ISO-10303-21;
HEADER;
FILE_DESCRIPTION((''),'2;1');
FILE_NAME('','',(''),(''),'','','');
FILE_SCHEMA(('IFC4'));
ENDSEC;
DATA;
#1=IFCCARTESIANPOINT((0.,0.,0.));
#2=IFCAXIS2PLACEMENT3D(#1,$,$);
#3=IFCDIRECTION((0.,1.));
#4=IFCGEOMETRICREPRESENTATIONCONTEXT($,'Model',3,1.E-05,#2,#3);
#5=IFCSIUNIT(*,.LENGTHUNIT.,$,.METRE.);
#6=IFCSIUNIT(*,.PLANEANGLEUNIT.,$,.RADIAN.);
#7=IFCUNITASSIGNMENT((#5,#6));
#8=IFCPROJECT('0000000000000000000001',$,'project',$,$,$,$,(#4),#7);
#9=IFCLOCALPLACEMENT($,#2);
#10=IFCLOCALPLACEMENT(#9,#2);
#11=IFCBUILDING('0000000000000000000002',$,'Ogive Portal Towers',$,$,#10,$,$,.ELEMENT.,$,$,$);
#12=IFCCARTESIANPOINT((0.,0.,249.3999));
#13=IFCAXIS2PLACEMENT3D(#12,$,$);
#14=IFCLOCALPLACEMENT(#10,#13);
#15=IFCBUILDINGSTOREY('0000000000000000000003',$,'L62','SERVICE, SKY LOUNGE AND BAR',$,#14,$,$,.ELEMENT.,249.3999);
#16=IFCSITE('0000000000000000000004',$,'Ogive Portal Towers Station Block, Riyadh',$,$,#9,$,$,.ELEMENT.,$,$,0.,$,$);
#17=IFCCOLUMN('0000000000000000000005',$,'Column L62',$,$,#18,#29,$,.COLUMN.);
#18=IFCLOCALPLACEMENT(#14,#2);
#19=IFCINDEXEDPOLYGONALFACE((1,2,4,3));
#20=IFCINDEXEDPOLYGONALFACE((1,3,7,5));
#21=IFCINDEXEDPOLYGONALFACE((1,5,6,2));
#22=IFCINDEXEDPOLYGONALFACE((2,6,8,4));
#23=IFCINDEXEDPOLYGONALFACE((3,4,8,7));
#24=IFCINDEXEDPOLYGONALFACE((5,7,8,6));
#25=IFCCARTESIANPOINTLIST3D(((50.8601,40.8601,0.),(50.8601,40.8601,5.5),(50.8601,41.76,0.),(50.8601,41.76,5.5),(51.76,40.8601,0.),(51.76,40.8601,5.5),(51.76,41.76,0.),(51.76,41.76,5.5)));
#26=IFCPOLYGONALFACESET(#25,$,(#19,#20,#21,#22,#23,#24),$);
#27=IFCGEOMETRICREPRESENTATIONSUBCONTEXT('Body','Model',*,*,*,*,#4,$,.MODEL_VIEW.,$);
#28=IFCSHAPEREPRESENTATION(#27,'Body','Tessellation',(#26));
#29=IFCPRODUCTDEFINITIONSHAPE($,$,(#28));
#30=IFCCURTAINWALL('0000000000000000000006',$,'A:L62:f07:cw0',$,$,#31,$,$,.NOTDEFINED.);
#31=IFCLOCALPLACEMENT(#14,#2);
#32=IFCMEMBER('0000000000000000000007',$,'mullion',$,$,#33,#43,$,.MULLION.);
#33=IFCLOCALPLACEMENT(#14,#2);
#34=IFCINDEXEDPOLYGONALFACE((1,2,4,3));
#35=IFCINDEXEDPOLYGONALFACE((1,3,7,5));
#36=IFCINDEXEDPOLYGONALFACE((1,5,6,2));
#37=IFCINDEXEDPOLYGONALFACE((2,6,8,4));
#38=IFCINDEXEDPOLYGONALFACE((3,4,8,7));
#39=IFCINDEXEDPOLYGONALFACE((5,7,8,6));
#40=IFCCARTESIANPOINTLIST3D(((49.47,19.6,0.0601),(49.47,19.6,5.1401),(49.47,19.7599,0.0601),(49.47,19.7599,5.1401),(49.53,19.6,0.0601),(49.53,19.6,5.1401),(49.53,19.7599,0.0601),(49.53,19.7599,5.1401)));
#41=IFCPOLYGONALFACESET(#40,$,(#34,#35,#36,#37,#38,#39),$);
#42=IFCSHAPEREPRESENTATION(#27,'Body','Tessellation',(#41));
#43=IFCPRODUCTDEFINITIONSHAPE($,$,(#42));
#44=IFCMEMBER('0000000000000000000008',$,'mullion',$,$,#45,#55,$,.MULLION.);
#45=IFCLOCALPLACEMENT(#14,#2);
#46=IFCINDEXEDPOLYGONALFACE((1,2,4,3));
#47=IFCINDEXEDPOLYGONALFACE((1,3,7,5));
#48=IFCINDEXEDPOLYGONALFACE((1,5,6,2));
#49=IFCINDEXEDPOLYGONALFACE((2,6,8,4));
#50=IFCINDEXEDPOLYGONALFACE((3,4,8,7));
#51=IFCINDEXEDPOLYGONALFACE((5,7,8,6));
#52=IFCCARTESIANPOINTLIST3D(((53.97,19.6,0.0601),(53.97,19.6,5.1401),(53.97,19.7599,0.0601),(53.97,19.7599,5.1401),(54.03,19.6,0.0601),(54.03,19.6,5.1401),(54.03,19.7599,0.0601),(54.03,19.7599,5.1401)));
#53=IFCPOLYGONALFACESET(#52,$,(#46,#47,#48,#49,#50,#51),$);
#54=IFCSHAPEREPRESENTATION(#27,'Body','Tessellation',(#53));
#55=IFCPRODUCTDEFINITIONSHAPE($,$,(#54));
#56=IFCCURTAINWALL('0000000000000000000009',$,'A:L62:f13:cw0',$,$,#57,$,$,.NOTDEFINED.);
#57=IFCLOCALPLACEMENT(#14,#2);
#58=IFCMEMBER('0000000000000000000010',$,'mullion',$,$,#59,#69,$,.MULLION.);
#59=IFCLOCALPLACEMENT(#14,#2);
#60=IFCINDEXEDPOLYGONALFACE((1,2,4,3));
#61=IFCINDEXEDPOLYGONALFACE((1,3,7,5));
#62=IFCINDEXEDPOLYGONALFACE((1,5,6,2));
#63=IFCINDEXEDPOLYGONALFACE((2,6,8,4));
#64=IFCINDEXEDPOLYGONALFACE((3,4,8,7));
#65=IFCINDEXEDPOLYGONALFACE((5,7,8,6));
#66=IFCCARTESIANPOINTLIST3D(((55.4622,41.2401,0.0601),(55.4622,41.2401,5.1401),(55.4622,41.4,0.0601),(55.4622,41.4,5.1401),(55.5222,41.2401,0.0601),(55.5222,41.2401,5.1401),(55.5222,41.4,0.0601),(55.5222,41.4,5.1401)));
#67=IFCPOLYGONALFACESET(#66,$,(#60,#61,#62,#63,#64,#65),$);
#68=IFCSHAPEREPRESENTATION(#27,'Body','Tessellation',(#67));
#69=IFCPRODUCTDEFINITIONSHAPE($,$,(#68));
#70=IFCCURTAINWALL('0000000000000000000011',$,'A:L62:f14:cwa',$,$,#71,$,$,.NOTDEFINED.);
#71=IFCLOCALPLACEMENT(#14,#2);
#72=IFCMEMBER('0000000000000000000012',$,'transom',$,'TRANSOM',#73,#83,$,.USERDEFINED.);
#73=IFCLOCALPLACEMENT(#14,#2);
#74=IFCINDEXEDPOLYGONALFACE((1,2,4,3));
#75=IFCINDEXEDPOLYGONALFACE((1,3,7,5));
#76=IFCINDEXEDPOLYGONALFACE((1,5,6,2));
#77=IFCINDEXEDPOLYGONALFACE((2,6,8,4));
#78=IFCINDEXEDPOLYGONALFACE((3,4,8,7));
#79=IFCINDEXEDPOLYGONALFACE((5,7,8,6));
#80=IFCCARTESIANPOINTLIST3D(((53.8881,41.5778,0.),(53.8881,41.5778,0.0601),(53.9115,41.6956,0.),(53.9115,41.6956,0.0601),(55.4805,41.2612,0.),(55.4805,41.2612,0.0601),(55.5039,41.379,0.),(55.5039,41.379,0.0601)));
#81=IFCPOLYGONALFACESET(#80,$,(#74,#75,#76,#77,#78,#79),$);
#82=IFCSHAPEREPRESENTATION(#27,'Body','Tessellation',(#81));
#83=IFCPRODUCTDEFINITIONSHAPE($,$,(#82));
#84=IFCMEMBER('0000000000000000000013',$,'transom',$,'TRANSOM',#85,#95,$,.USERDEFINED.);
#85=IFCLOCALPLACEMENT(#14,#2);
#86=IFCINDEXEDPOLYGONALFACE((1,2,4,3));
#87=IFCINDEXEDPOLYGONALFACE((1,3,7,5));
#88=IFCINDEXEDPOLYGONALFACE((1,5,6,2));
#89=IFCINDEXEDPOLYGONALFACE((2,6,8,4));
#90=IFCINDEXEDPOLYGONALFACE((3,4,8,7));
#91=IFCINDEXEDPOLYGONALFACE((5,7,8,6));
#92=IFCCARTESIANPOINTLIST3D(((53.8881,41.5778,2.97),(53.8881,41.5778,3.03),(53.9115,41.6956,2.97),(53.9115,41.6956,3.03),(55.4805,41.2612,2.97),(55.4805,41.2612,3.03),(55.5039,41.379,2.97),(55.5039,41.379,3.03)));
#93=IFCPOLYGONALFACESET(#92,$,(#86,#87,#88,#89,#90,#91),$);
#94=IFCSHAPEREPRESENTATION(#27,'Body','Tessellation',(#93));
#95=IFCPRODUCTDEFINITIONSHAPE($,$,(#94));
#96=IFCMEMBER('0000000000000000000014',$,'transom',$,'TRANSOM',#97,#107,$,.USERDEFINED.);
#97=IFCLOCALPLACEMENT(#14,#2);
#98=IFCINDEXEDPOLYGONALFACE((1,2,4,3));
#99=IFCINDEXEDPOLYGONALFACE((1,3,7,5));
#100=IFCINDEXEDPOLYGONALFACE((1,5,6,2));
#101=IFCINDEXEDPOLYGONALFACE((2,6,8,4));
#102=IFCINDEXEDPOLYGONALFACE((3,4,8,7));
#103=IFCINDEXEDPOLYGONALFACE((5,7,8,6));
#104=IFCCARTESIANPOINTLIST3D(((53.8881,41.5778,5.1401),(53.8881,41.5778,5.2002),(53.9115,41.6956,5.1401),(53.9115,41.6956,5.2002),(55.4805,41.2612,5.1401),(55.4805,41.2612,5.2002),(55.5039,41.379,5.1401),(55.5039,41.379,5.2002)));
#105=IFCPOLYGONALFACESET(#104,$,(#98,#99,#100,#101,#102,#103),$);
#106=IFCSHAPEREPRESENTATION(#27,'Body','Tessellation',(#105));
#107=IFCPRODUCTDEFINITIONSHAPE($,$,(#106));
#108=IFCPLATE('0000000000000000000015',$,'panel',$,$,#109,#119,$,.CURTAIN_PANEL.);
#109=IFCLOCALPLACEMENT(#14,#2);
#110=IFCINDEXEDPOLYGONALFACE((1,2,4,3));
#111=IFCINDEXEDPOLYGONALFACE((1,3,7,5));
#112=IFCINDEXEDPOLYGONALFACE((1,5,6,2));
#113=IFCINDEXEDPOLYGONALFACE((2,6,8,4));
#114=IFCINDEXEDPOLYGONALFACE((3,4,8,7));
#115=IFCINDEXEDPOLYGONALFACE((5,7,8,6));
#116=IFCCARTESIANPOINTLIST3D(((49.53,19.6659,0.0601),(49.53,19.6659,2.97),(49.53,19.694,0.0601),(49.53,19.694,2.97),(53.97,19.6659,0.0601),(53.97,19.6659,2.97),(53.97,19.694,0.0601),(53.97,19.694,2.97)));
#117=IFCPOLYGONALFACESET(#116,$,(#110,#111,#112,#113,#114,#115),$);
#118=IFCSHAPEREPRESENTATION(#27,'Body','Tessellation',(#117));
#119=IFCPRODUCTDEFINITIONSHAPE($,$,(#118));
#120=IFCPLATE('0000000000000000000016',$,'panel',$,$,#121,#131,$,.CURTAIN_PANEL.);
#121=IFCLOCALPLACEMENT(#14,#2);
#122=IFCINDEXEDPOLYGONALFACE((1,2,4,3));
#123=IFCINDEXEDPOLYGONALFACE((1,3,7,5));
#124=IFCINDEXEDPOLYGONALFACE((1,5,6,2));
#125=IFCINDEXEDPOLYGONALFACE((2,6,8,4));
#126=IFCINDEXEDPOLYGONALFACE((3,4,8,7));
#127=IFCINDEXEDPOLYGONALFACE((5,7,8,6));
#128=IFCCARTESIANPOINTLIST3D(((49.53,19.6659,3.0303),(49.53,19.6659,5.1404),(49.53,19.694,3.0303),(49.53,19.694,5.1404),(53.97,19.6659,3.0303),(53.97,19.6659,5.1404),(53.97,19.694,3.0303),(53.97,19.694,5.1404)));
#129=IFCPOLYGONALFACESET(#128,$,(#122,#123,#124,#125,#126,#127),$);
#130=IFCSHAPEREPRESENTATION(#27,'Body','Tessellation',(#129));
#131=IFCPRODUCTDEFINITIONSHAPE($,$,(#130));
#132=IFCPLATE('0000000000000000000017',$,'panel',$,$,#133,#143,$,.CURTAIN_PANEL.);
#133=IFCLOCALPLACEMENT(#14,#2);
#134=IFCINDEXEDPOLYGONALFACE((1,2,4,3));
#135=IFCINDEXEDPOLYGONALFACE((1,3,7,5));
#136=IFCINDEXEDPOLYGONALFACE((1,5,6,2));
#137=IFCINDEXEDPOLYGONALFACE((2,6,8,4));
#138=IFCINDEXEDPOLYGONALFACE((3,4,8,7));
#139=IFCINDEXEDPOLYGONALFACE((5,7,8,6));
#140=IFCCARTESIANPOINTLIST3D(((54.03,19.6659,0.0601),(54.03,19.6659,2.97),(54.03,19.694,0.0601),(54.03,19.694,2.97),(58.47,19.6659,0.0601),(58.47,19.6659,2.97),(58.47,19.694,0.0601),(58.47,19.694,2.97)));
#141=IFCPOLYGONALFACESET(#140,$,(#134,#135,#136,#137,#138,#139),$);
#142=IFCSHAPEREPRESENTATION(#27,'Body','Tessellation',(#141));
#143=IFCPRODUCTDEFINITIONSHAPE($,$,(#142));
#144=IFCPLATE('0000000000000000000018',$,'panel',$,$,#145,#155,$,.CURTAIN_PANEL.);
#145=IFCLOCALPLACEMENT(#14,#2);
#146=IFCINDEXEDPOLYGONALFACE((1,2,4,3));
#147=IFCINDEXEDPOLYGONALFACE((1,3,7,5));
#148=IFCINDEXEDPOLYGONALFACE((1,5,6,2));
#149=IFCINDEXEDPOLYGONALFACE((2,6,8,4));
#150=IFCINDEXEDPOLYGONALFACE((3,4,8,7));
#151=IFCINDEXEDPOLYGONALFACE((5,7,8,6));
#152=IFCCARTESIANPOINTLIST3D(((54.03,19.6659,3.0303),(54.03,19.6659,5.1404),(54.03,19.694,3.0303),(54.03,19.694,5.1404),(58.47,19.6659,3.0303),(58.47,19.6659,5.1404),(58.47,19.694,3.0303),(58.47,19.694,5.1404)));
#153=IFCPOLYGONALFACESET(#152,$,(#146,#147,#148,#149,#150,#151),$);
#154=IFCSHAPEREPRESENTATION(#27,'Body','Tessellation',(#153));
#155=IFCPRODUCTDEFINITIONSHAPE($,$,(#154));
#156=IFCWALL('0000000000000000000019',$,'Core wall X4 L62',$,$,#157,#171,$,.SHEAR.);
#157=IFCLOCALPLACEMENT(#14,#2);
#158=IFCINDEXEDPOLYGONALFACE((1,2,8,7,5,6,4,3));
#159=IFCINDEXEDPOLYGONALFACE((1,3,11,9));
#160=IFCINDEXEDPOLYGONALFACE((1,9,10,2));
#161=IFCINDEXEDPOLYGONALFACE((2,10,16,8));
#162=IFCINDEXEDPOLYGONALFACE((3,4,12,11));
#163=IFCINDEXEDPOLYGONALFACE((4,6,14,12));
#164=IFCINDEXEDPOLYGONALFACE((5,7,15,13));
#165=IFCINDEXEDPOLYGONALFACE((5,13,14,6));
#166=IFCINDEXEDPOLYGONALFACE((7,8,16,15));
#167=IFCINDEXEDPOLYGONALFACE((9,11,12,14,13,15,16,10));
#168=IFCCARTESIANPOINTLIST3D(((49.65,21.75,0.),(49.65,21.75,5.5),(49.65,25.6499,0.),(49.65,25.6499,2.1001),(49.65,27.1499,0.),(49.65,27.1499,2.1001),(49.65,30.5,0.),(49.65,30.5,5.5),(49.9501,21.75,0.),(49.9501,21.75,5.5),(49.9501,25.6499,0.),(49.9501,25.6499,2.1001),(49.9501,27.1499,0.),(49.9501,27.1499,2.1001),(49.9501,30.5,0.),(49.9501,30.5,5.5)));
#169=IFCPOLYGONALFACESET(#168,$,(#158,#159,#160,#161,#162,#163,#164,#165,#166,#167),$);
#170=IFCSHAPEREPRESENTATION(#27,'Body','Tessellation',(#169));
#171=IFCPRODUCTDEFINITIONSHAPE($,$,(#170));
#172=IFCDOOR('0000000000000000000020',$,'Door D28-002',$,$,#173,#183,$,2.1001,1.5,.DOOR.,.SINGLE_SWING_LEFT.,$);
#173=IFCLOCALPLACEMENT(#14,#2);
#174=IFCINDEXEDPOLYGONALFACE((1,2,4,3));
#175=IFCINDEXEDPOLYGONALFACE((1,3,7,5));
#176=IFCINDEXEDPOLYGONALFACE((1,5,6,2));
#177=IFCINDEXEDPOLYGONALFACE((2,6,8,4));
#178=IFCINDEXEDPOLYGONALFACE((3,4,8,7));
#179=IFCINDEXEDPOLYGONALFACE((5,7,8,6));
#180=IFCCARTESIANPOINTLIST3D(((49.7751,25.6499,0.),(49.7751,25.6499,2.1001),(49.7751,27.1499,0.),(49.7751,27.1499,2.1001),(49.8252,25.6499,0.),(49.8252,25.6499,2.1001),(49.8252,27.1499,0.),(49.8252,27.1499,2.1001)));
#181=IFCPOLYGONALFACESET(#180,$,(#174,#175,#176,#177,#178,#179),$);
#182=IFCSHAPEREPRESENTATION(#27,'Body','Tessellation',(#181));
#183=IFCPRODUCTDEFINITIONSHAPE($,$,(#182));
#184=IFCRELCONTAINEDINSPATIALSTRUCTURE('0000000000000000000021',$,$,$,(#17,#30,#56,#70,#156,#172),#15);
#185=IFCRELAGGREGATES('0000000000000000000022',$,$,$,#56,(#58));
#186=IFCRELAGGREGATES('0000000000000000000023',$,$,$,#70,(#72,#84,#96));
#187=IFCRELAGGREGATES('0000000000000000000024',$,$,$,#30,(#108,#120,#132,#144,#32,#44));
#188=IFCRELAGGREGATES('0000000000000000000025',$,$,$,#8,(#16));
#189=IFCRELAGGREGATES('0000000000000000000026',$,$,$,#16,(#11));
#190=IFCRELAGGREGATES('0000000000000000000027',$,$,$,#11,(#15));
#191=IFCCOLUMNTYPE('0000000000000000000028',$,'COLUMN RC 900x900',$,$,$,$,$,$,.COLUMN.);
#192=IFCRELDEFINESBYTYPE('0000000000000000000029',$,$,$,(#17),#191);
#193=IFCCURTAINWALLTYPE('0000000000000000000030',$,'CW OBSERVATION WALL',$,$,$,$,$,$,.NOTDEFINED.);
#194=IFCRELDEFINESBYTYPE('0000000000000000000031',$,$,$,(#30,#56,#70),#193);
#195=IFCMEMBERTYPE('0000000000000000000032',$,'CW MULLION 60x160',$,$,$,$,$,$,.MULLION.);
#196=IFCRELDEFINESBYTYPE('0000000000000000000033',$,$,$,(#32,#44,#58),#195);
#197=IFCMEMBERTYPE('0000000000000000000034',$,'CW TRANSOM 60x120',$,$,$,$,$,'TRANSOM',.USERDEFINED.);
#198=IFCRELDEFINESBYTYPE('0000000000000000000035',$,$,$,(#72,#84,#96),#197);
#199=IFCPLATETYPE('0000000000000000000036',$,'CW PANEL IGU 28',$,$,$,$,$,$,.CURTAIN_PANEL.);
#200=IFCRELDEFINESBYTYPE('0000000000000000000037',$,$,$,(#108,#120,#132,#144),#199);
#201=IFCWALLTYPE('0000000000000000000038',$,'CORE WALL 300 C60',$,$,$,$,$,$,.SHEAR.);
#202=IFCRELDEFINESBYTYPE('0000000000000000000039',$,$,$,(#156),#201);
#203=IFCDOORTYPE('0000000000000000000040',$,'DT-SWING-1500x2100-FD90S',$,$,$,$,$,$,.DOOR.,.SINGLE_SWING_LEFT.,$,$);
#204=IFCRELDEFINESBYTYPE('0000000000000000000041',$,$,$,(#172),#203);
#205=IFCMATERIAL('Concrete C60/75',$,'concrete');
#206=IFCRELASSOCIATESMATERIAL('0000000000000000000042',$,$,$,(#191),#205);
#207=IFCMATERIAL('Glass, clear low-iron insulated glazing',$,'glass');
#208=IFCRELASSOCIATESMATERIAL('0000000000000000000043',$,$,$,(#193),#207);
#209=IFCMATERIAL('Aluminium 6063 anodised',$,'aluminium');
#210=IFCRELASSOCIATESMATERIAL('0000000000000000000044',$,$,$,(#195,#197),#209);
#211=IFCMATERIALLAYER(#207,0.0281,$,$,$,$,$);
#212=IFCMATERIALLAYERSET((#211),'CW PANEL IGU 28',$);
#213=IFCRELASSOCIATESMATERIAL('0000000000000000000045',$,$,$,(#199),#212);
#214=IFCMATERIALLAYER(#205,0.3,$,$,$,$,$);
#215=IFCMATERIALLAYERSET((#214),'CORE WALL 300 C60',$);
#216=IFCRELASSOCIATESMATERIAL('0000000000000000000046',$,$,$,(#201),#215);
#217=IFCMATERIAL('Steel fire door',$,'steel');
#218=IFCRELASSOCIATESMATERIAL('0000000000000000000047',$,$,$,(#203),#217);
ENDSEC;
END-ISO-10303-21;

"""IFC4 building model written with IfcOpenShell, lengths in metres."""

from ifc_helpers import new_model, si_unit, direction, frame, frame_2d, origin, origin_2d, place, context, subcontext, project, spatial, rectangle, extrude, material, layer, layer_set, material_profile, profile_set, type_object, element, fill, aggregate, save


model = new_model("IFC4")

# Units and contexts
model_context = context("Model", 3, precision=1e-05, world=origin(), true_north=direction((0.0, 1.0)))
body_context = subcontext(model_context, "Body", "Model", "MODEL_VIEW")
ifc_project = project(units=[si_unit("LENGTHUNIT", "METRE"), si_unit("PLANEANGLEUNIT", "RADIAN")], contexts=[model_context])

# Site, building, storey
site_placement = place(None, origin())
site = spatial("IfcSite", under=ifc_project, at=site_placement, Name="Ogive Portal Towers Station Block, Riyadh", CompositionType="ELEMENT", RefElevation=0.0)
building_placement = place(site_placement, origin())
building = spatial("IfcBuilding", under=site, at=building_placement, Name="Ogive Portal Towers", CompositionType="ELEMENT")
storey_placement = place(building_placement, frame((0.0, 0.0, 249.3999)))
storey = spatial("IfcBuildingStorey", under=building, at=storey_placement, Name="L62", Description="SERVICE, SKY LOUNGE AND BAR", CompositionType="ELEMENT", Elevation=249.3999)

# Column
ifc_material_1 = material(Name="Concrete C60/75", Category="concrete")
ifc_material_profile_1 = material_profile(ifc_material_1, rectangle(XDim=0.8999, YDim=0.8999, at=origin_2d()), Name="RC 900x900")
ifc_profile_set_1 = profile_set([ifc_material_profile_1], Name="Concrete C60/75")
column_type = type_object("IfcColumnType", Name="COLUMN RC 900x900", PredefinedType="COLUMN", material=ifc_profile_set_1)
column_placement = place(storey_placement, frame((51.3101, 41.3101, 0.0), z_axis=(0.0, 0.0, 1.0), x_axis=(1.0, 0.0, 0.0)))
element("IfcColumn", 1, at=column_placement, inside=storey, type_object=column_type, Name="Column L62", PredefinedType="COLUMN", context=body_context, shape_type="SweptSolid", body=[
    extrude(rectangle(XDim=0.8999, YDim=0.8999, at=origin_2d()), origin(), (0.0, 0.0, 1.0), 5.5),
])

# Curtain wall, members
ifc_material_2 = material(Name="Glass, clear low-iron insulated glazing", Category="glass")
curtain_wall_type = type_object("IfcCurtainWallType", Name="CW OBSERVATION WALL", PredefinedType="NOTDEFINED", material=ifc_material_2)
curtain_wall_1_placement = place(storey_placement, origin())
curtain_wall_1 = element("IfcCurtainWall", 2, at=curtain_wall_1_placement, inside=storey, type_object=curtain_wall_type, Name="A:L62:f07:cw0", PredefinedType="NOTDEFINED")
ifc_material_3 = material(Name="Aluminium 6063 anodised", Category="aluminium")
ifc_material_profile_2 = material_profile(ifc_material_3, rectangle(XDim=0.1599, YDim=0.0601, at=origin_2d()), Name="AL 60x160")
ifc_profile_set_2 = profile_set([ifc_material_profile_2], Name="Aluminium 6063 anodised")
member_type_1 = type_object("IfcMemberType", Name="CW MULLION 60x160", PredefinedType="MULLION", material=ifc_profile_set_2)
member_1_placement = place(storey_placement, frame((49.5, 19.6799, 0.0601), z_axis=(0.0, 0.0, 1.0), x_axis=(0.0, 1.0, 0.0)))
member_1 = element("IfcMember", 3, at=member_1_placement, type_object=member_type_1, Name="mullion", PredefinedType="MULLION", context=body_context, shape_type="SweptSolid", body=[
    extrude(rectangle(XDim=0.1599, YDim=0.0601, at=origin_2d()), origin(), (0.0, 0.0, 1.0), 5.0801),
])
member_2_placement = place(storey_placement, frame((54.0, 19.6799, 0.0601), z_axis=(0.0, 0.0, 1.0), x_axis=(0.0, 1.0, 0.0)))
member_2 = element("IfcMember", 4, at=member_2_placement, type_object=member_type_1, Name="mullion", PredefinedType="MULLION", context=body_context, shape_type="SweptSolid", body=[
    extrude(rectangle(XDim=0.1599, YDim=0.0601, at=origin_2d()), origin(), (0.0, 0.0, 1.0), 5.0801),
])

# Curtain wall, member
curtain_wall_2_placement = place(storey_placement, origin())
curtain_wall_2 = element("IfcCurtainWall", 5, at=curtain_wall_2_placement, inside=storey, type_object=curtain_wall_type, Name="A:L62:f13:cw0", PredefinedType="NOTDEFINED")
member_3_placement = place(storey_placement, frame((55.4922, 41.3201, 0.0601), z_axis=(0.0, 0.0, 1.0), x_axis=(0.0, -1.0, 0.0)))
member_3 = element("IfcMember", 6, at=member_3_placement, type_object=member_type_1, Name="mullion", PredefinedType="MULLION", context=body_context, shape_type="SweptSolid", body=[
    extrude(rectangle(XDim=0.1599, YDim=0.0601, at=origin_2d()), origin(), (0.0, 0.0, 1.0), 5.0801),
])
aggregate(curtain_wall_2, [member_3])

# Curtain wall, members
curtain_wall_3_placement = place(storey_placement, origin())
curtain_wall_3 = element("IfcCurtainWall", 7, at=curtain_wall_3_placement, inside=storey, type_object=curtain_wall_type, Name="A:L62:f14:cwa", PredefinedType="NOTDEFINED")
ifc_material_profile_3 = material_profile(ifc_material_3, rectangle(XDim=0.1201, YDim=0.0601, at=origin_2d()), Name="AL 120x60")
ifc_profile_set_3 = profile_set([ifc_material_profile_3], Name="Aluminium 6063 anodised")
member_type_2 = type_object("IfcMemberType", Name="CW TRANSOM 60x120", ElementType="TRANSOM", PredefinedType="USERDEFINED", material=ifc_profile_set_3)
member_4_placement = place(storey_placement, frame((55.4922, 41.3201, 0.03), z_axis=(-0.980794, 0.195046, 0.0), x_axis=(-0.195046, -0.980794, 0.0)))
member_4 = element("IfcMember", 8, at=member_4_placement, type_object=member_type_2, Name="transom", ObjectType="TRANSOM", PredefinedType="USERDEFINED", context=body_context, shape_type="SweptSolid", body=[
    extrude(rectangle(XDim=0.1201, YDim=0.0601, at=origin_2d()), origin(), (0.0, 0.0, 1.0), 1.6235),
])
member_5_placement = place(storey_placement, frame((55.4922, 41.3201, 3.0), z_axis=(-0.980794, 0.195046, 0.0), x_axis=(-0.195046, -0.980794, 0.0)))
member_5 = element("IfcMember", 9, at=member_5_placement, type_object=member_type_2, Name="transom", ObjectType="TRANSOM", PredefinedType="USERDEFINED", context=body_context, shape_type="SweptSolid", body=[
    extrude(rectangle(XDim=0.1201, YDim=0.0601, at=origin_2d()), origin(), (0.0, 0.0, 1.0), 1.6235),
])
member_6_placement = place(storey_placement, frame((55.4922, 41.3201, 5.1702), z_axis=(-0.980794, 0.195046, 0.0), x_axis=(-0.195046, -0.980794, 0.0)))
member_6 = element("IfcMember", 10, at=member_6_placement, type_object=member_type_2, Name="transom", ObjectType="TRANSOM", PredefinedType="USERDEFINED", context=body_context, shape_type="SweptSolid", body=[
    extrude(rectangle(XDim=0.1201, YDim=0.0601, at=origin_2d()), origin(), (0.0, 0.0, 1.0), 1.6235),
])
aggregate(curtain_wall_3, [member_4, member_5, member_6])

# Plates
ifc_layer_1 = layer(ifc_material_2, 0.0281)
ifc_layer_set_1 = layer_set([ifc_layer_1], Name="CW PANEL IGU 28")
plate_type = type_object("IfcPlateType", Name="CW PANEL IGU 28", PredefinedType="CURTAIN_PANEL", material=ifc_layer_set_1)
plate_1_placement = place(storey_placement, frame((51.75, 19.6799, 0.0601), z_axis=(0.0, 0.0, 1.0), x_axis=(1.0, 0.0, 0.0)))
plate_1 = element("IfcPlate", 11, at=plate_1_placement, type_object=plate_type, Name="panel", PredefinedType="CURTAIN_PANEL", context=body_context, shape_type="SweptSolid", body=[
    extrude(rectangle(XDim=4.4399, YDim=0.0281, at=origin_2d()), origin(), (0.0, 0.0, 1.0), 2.9099),
])
plate_2_placement = place(storey_placement, frame((51.75, 19.6799, 3.0303), z_axis=(0.0, 0.0, 1.0), x_axis=(1.0, 0.0, 0.0)))
plate_2 = element("IfcPlate", 12, at=plate_2_placement, type_object=plate_type, Name="panel", PredefinedType="CURTAIN_PANEL", context=body_context, shape_type="SweptSolid", body=[
    extrude(rectangle(XDim=4.4399, YDim=0.0281, at=origin_2d()), origin(), (0.0, 0.0, 1.0), 2.1101),
])
plate_3_placement = place(storey_placement, frame((56.25, 19.6799, 0.0601), z_axis=(0.0, 0.0, 1.0), x_axis=(1.0, 0.0, 0.0)))
plate_3 = element("IfcPlate", 13, at=plate_3_placement, type_object=plate_type, Name="panel", PredefinedType="CURTAIN_PANEL", context=body_context, shape_type="SweptSolid", body=[
    extrude(rectangle(XDim=4.4399, YDim=0.0281, at=origin_2d()), origin(), (0.0, 0.0, 1.0), 2.9099),
])
plate_4_placement = place(storey_placement, frame((56.25, 19.6799, 3.0303), z_axis=(0.0, 0.0, 1.0), x_axis=(1.0, 0.0, 0.0)))
plate_4 = element("IfcPlate", 14, at=plate_4_placement, type_object=plate_type, Name="panel", PredefinedType="CURTAIN_PANEL", context=body_context, shape_type="SweptSolid", body=[
    extrude(rectangle(XDim=4.4399, YDim=0.0281, at=origin_2d()), origin(), (0.0, 0.0, 1.0), 2.1101),
])
aggregate(curtain_wall_1, [plate_1, plate_2, plate_3, plate_4, member_1, member_2])

# Wall, opening, door
ifc_layer_2 = layer(ifc_material_1, 0.3)
ifc_layer_set_2 = layer_set([ifc_layer_2], Name="CORE WALL 300 C60")
wall_type_1 = type_object("IfcWallType", Name="CORE WALL 300 C60", PredefinedType="SHEAR", material=ifc_layer_set_2)
wall_1_placement = place(storey_placement, frame((49.8, 21.75, 0.0), z_axis=(0.0, 0.0, 1.0), x_axis=(0.0, 1.0, 0.0)))
wall_1 = element("IfcWall", 15, at=wall_1_placement, inside=storey, type_object=wall_type_1, Name="Core wall X4 L62", PredefinedType="SHEAR", context=body_context, shape_type="SweptSolid", body=[
    extrude(rectangle(XDim=8.75, YDim=0.3, at=frame_2d((4.375, 0.0))), origin(), (0.0, 0.0, 1.0), 5.5),
])
opening_1_placement = place(wall_1_placement, frame((3.8999, 0.0, 0.0)))
opening_1 = element("IfcOpeningElement", 16, at=opening_1_placement, cuts=wall_1, PredefinedType="OPENING", context=body_context, shape_type="SweptSolid", body=[
    extrude(rectangle(XDim=1.5, YDim=2.1001, at=frame_2d((0.75, 1.05))), frame((0.0, 0.1602, 0.0), z_axis=(0.0, -1.0, 0.0), x_axis=(1.0, 0.0, 0.0)), (0.0, 0.0, 1.0), 0.3201),
])
ifc_material_4 = material(Name="Steel fire door", Category="steel")
door_type_1 = type_object("IfcDoorType", Name="DT-SWING-1500x2100-FD90S", OperationType="SINGLE_SWING_LEFT", PredefinedType="DOOR", material=ifc_material_4)
door_1_placement = place(opening_1_placement, origin())
door_1 = element("IfcDoor", 17, at=door_1_placement, inside=storey, type_object=door_type_1, Name="Door D28-002", OperationType="SINGLE_SWING_LEFT", OverallHeight=2.1001, OverallWidth=1.5, PredefinedType="DOOR", context=body_context, shape_type="SweptSolid", body=[
    extrude(rectangle(XDim=1.5, YDim=2.1001, at=frame_2d((0.75, 1.05))), frame((0.0, 0.0249, 0.0), z_axis=(0.0, -1.0, 0.0), x_axis=(1.0, 0.0, 0.0)), (0.0, 0.0, 1.0), 0.05),
])
fill(opening_1, door_1)

save(model, "model.ifc")
